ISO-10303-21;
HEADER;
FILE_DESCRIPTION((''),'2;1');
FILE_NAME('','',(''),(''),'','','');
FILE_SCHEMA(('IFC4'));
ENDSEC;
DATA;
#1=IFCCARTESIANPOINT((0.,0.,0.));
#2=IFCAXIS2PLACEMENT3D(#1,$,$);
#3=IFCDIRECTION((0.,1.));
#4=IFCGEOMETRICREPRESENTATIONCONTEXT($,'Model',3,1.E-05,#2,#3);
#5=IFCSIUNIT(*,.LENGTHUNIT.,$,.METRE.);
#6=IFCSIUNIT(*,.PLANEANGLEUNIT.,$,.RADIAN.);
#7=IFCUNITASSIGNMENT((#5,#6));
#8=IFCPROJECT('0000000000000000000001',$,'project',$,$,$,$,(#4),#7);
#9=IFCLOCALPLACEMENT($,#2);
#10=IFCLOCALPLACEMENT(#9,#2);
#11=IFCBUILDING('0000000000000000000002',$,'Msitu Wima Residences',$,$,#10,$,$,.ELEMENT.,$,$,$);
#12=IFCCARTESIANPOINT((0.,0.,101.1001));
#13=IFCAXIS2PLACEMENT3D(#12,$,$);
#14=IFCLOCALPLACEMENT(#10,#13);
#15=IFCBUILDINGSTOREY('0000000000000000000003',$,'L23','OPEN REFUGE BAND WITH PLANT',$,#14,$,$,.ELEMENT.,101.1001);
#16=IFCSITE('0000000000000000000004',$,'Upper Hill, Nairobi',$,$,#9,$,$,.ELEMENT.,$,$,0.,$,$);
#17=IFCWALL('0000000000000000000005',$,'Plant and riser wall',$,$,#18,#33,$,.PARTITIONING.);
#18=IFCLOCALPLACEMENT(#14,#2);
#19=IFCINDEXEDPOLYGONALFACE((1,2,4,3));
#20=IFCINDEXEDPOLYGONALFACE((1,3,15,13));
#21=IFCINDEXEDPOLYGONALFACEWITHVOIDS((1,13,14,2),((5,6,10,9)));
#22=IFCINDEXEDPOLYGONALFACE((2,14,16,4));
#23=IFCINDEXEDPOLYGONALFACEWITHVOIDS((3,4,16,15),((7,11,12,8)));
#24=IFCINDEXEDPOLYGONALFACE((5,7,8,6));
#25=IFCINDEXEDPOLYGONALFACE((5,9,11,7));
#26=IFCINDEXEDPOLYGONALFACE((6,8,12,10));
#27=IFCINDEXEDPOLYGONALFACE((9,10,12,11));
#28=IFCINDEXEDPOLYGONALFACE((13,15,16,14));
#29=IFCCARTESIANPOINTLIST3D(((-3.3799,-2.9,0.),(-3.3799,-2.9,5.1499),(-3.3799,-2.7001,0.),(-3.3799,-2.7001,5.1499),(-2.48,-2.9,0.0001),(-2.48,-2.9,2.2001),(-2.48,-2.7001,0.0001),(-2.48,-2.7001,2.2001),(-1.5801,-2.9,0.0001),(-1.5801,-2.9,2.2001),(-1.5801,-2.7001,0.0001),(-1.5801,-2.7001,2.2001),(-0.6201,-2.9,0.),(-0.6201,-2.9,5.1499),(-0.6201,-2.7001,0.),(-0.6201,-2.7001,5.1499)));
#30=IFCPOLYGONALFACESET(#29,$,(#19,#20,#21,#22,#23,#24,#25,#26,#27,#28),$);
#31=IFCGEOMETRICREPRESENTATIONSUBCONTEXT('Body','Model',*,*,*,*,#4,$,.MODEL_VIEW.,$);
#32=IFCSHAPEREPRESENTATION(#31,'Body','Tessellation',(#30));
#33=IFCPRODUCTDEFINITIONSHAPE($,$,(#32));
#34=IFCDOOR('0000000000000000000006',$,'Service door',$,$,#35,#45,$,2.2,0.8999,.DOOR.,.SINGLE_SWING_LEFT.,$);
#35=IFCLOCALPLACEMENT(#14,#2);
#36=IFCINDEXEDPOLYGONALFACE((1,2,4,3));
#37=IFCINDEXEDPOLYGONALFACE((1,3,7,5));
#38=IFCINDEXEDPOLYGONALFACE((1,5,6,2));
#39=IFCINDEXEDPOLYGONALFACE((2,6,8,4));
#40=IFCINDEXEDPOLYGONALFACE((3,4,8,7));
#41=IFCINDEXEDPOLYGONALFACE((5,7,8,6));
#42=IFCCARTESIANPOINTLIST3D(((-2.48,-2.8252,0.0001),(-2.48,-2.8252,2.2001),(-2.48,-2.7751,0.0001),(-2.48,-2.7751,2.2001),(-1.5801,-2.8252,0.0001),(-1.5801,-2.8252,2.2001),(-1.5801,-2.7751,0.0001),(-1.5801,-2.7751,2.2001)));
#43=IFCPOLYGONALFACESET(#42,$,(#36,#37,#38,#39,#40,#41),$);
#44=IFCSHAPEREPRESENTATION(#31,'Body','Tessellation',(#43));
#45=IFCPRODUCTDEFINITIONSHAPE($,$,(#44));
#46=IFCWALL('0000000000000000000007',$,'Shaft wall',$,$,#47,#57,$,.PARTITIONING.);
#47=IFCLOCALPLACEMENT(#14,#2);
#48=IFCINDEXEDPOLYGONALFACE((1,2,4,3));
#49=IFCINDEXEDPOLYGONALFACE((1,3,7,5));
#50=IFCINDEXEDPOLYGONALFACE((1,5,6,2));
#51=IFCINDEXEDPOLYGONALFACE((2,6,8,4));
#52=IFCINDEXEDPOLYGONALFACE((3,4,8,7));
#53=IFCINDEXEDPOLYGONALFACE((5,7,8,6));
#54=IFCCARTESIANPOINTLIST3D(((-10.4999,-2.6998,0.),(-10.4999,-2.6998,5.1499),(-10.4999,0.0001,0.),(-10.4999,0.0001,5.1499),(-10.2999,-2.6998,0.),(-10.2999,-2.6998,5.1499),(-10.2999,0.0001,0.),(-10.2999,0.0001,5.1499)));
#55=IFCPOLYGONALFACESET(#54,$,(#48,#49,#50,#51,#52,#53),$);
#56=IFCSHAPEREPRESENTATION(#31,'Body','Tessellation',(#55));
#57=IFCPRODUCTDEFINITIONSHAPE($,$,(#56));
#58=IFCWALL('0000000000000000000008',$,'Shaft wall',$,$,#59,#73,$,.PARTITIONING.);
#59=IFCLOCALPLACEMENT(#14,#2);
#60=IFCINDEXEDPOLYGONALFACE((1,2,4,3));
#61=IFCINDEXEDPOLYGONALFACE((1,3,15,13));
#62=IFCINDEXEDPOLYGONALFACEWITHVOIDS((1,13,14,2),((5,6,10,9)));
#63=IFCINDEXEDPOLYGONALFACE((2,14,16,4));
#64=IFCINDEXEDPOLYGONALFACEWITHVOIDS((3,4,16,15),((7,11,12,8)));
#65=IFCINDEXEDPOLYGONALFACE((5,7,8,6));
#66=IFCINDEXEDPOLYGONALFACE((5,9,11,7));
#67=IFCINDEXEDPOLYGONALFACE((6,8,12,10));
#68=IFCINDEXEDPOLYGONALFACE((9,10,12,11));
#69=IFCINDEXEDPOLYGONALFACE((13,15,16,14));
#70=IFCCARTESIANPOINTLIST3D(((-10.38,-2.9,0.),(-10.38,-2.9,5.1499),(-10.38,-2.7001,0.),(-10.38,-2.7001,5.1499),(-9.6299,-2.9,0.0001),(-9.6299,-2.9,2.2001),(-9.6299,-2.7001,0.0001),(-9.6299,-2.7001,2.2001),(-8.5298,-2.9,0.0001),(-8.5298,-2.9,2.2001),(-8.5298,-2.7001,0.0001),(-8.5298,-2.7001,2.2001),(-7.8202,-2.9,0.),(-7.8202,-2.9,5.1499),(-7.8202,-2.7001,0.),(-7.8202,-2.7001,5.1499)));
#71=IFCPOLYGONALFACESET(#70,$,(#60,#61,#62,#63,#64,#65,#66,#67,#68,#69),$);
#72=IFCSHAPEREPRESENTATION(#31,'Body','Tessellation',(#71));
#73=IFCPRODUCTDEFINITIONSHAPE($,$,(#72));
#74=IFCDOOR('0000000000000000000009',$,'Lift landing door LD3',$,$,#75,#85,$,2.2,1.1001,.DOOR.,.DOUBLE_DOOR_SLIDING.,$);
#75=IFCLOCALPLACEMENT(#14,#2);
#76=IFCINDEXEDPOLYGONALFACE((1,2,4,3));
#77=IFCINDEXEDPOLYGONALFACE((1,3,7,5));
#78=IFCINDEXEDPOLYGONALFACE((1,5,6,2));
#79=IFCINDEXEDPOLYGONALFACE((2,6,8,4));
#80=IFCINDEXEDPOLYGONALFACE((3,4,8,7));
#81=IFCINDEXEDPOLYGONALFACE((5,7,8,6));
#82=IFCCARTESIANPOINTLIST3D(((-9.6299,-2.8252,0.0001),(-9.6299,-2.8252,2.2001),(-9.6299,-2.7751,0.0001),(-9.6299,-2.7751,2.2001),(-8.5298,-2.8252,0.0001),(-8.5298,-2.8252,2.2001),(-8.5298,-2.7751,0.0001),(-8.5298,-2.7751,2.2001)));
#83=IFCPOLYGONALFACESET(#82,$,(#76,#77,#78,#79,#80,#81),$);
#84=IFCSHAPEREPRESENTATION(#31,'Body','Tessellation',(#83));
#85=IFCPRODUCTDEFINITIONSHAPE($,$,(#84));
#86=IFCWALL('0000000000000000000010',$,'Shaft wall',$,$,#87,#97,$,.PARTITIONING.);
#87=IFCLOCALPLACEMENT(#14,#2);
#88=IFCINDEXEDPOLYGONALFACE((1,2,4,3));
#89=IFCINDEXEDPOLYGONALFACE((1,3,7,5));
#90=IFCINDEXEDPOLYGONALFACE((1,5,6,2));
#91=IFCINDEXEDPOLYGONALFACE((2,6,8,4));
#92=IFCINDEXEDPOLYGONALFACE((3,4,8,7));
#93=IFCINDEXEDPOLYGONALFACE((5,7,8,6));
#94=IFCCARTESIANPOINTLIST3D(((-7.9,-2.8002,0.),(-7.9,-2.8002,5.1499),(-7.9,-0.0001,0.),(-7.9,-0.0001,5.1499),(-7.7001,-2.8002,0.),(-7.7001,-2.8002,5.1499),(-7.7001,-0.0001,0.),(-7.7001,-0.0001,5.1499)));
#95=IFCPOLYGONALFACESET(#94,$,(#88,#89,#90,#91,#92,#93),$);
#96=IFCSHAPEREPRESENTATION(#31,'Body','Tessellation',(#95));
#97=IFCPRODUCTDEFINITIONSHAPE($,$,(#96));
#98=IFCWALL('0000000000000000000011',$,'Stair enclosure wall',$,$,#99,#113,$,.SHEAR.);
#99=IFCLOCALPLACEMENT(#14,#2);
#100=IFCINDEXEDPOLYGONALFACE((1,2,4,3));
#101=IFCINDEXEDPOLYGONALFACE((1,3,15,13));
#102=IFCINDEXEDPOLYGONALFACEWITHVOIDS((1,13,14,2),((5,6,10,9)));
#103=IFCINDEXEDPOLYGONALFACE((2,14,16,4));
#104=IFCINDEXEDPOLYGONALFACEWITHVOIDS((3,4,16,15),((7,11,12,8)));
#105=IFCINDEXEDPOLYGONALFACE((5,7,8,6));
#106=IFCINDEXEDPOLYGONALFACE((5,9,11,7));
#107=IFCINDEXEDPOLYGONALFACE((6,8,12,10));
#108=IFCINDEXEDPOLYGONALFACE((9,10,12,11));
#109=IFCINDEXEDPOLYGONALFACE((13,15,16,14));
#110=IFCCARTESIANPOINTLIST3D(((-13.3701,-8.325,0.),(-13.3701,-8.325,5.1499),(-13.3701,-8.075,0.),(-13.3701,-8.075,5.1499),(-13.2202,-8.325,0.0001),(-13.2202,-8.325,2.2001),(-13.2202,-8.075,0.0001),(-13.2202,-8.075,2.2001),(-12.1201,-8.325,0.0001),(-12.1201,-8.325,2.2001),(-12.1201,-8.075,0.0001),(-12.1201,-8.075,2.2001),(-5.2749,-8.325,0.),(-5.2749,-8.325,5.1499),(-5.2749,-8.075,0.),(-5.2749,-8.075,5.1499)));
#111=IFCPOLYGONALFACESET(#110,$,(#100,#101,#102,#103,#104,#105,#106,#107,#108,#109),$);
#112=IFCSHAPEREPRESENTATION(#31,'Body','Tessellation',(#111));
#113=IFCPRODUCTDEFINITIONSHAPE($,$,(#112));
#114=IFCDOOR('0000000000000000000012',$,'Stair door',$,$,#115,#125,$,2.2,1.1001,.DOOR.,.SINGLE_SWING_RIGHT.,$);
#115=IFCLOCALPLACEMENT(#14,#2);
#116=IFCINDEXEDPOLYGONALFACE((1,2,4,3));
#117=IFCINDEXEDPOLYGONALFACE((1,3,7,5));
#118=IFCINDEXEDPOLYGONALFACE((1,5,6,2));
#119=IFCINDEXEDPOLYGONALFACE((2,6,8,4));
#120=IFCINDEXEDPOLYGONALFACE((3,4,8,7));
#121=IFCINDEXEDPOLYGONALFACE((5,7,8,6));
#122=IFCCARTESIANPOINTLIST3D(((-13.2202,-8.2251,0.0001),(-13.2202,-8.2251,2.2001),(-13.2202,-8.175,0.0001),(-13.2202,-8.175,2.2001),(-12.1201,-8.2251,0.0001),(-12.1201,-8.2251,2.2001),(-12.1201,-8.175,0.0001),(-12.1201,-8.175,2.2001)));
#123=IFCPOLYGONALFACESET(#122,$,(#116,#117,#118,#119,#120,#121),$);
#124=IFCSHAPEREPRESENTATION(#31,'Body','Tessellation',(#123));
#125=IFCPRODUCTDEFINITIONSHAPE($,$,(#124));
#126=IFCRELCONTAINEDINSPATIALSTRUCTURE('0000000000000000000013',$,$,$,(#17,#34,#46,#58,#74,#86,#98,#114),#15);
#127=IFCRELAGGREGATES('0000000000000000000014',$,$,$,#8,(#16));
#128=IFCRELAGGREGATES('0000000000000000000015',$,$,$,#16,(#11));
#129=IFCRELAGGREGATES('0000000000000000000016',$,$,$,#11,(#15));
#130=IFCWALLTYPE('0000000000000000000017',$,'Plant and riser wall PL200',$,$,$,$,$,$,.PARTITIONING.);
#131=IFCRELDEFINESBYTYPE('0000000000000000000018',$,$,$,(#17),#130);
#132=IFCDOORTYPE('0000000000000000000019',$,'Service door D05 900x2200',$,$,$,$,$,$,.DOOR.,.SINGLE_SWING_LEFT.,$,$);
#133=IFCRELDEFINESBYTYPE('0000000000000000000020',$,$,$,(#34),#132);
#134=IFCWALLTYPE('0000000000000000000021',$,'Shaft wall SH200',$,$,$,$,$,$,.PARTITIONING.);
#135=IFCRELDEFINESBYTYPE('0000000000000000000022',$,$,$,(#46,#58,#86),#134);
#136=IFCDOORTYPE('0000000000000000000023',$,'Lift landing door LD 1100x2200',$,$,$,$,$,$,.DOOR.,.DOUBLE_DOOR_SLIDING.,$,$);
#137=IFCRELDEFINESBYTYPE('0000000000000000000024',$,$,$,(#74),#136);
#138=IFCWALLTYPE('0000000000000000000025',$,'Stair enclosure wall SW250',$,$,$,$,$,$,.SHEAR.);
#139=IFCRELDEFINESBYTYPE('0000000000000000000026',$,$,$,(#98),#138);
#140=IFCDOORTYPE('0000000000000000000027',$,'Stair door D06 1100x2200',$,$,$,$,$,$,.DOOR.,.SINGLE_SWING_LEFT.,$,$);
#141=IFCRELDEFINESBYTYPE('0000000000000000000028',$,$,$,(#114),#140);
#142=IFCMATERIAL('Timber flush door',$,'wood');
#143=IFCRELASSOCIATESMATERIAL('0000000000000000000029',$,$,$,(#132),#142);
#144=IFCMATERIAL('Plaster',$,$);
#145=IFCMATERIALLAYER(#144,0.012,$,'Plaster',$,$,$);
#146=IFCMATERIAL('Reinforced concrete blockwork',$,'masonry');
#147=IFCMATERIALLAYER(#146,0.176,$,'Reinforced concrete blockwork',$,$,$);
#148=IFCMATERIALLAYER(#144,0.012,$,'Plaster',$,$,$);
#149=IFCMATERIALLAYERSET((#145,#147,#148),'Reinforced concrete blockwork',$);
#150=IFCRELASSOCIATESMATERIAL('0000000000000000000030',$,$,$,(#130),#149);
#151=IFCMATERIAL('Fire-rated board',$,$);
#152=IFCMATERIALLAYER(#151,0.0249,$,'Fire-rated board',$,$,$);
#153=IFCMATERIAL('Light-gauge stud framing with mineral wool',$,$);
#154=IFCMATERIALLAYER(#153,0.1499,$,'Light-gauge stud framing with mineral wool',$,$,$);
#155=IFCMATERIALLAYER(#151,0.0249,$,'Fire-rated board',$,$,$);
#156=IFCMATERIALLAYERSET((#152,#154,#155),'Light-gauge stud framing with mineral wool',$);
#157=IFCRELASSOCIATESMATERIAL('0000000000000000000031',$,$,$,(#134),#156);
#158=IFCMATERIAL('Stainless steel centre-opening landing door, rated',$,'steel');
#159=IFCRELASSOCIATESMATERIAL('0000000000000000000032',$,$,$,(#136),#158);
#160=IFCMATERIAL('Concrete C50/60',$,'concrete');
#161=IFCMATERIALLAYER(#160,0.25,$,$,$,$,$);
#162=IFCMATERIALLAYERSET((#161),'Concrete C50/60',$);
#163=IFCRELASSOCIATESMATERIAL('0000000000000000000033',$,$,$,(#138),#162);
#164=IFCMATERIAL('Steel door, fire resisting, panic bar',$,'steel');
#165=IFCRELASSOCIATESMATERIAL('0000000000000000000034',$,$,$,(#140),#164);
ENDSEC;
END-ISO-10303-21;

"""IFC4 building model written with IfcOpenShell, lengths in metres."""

from ifc_helpers import new_model, si_unit, direction, frame, frame_2d, origin, place, context, subcontext, project, spatial, rectangle, extrude, material, layer, layer_set, type_object, element, fill, save


model = new_model("IFC4")

# Units and contexts
model_context = context("Model", 3, precision=1e-05, world=origin(), true_north=direction((0.0, 1.0)))
body_context = subcontext(model_context, "Body", "Model", "MODEL_VIEW")
ifc_project = project(units=[si_unit("LENGTHUNIT", "METRE"), si_unit("PLANEANGLEUNIT", "RADIAN")], contexts=[model_context])

# Site, building, storey
site_placement = place(None, origin())
site = spatial("IfcSite", under=ifc_project, at=site_placement, Name="Upper Hill, Nairobi", CompositionType="ELEMENT", RefElevation=0.0)
building_placement = place(site_placement, origin())
building = spatial("IfcBuilding", under=site, at=building_placement, Name="Msitu Wima Residences", CompositionType="ELEMENT")
storey_placement = place(building_placement, frame((0.0, 0.0, 101.1001)))
storey = spatial("IfcBuildingStorey", under=building, at=storey_placement, Name="L23", Description="OPEN REFUGE BAND WITH PLANT", CompositionType="ELEMENT", Elevation=101.1001)

# Shared definitions
ifc_material_1 = material(Name="Plaster")
ifc_material_2 = material(Name="Timber flush door", Category="wood")
door_type_1 = type_object("IfcDoorType", Name="Service door D05 900x2200", OperationType="SINGLE_SWING_LEFT", PredefinedType="DOOR", material=ifc_material_2)

# Wall, opening, door
ifc_layer_1 = layer(ifc_material_1, 0.012, Name="Plaster")
ifc_material_3 = material(Name="Reinforced concrete blockwork", Category="masonry")
ifc_layer_2 = layer(ifc_material_3, 0.176, Name="Reinforced concrete blockwork")
ifc_layer_3 = layer(ifc_material_1, 0.012, Name="Plaster")
ifc_layer_set_1 = layer_set([ifc_layer_1, ifc_layer_2, ifc_layer_3], Name="Reinforced concrete blockwork")
wall_type_1 = type_object("IfcWallType", Name="Plant and riser wall PL200", PredefinedType="PARTITIONING", material=ifc_layer_set_1)
wall_1_placement = place(storey_placement, frame((-3.3799, -2.8, 0.0), z_axis=(0.0, 0.0, 1.0), x_axis=(1.0, 0.0, 0.0)))
wall_1 = element("IfcWall", 1, at=wall_1_placement, inside=storey, type_object=wall_type_1, Name="Plant and riser wall", PredefinedType="PARTITIONING", context=body_context, shape_type="SweptSolid", body=[
    extrude(rectangle(XDim=2.7598, YDim=0.2, at=frame_2d((1.3799, 0.0))), origin(), (0.0, 0.0, 1.0), 5.1499),
])
opening_1_placement = place(wall_1_placement, frame((0.8999, 0.0, 0.0)))
opening_1 = element("IfcOpeningElement", 2, at=opening_1_placement, cuts=wall_1, PredefinedType="OPENING", context=body_context, shape_type="SweptSolid", body=[
    extrude(rectangle(XDim=0.8999, YDim=2.2, at=frame_2d((0.45, 1.1001))), frame((0.0, 0.1099, 0.0), z_axis=(0.0, -1.0, 0.0), x_axis=(1.0, 0.0, 0.0)), (0.0, 0.0, 1.0), 0.22),
])
door_1_placement = place(opening_1_placement, origin())
door_1 = element("IfcDoor", 3, at=door_1_placement, inside=storey, type_object=door_type_1, Name="Service door", OperationType="SINGLE_SWING_LEFT", OverallHeight=2.2, OverallWidth=0.8999, PredefinedType="DOOR", context=body_context, shape_type="SweptSolid", body=[
    extrude(rectangle(XDim=0.8999, YDim=2.2, at=frame_2d((0.45, 1.1001))), frame((0.0, 0.0249, 0.0), z_axis=(0.0, -1.0, 0.0), x_axis=(1.0, 0.0, 0.0)), (0.0, 0.0, 1.0), 0.05),
])
fill(opening_1, door_1)

# Wall
ifc_material_4 = material(Name="Fire-rated board")
ifc_layer_4 = layer(ifc_material_4, 0.0249, Name="Fire-rated board")
ifc_material_5 = material(Name="Light-gauge stud framing with mineral wool")
ifc_layer_5 = layer(ifc_material_5, 0.1499, Name="Light-gauge stud framing with mineral wool")
ifc_layer_6 = layer(ifc_material_4, 0.0249, Name="Fire-rated board")
ifc_layer_set_2 = layer_set([ifc_layer_4, ifc_layer_5, ifc_layer_6], Name="Light-gauge stud framing with mineral wool")
wall_type_2 = type_object("IfcWallType", Name="Shaft wall SH200", PredefinedType="PARTITIONING", material=ifc_layer_set_2)
wall_2_placement = place(storey_placement, frame((-10.3999, -2.7, 0.0), z_axis=(0.0, 0.0, 1.0), x_axis=(0.0, 1.0, 0.0)))
element("IfcWall", 4, at=wall_2_placement, inside=storey, type_object=wall_type_2, Name="Shaft wall", PredefinedType="PARTITIONING", context=body_context, shape_type="SweptSolid", body=[
    extrude(rectangle(XDim=2.7, YDim=0.2, at=frame_2d((1.3501, 0.0))), origin(), (0.0, 0.0, 1.0), 5.1499),
])

# Wall, opening, door
wall_3_placement = place(storey_placement, frame((-10.3799, -2.8, 0.0), z_axis=(0.0, 0.0, 1.0), x_axis=(1.0, 0.0, 0.0)))
wall_3 = element("IfcWall", 5, at=wall_3_placement, inside=storey, type_object=wall_type_2, Name="Shaft wall", PredefinedType="PARTITIONING", context=body_context, shape_type="SweptSolid", body=[
    extrude(rectangle(XDim=2.5598, YDim=0.2, at=frame_2d((1.2798, 0.0))), origin(), (0.0, 0.0, 1.0), 5.1499),
])
opening_2_placement = place(wall_3_placement, frame((0.75, 0.0, 0.0)))
opening_2 = element("IfcOpeningElement", 6, at=opening_2_placement, cuts=wall_3, PredefinedType="OPENING", context=body_context, shape_type="SweptSolid", body=[
    extrude(rectangle(XDim=1.1001, YDim=2.2, at=frame_2d((0.55, 1.1001))), frame((0.0, 0.1099, 0.0), z_axis=(0.0, -1.0, 0.0), x_axis=(1.0, 0.0, 0.0)), (0.0, 0.0, 1.0), 0.22),
])
ifc_material_6 = material(Name="Stainless steel centre-opening landing door, rated", Category="steel")
door_type_2 = type_object("IfcDoorType", Name="Lift landing door LD 1100x2200", OperationType="DOUBLE_DOOR_SLIDING", PredefinedType="DOOR", material=ifc_material_6)
door_2_placement = place(opening_2_placement, origin())
door_2 = element("IfcDoor", 7, at=door_2_placement, inside=storey, type_object=door_type_2, Name="Lift landing door LD3", OperationType="DOUBLE_DOOR_SLIDING", OverallHeight=2.2, OverallWidth=1.1001, PredefinedType="DOOR", context=body_context, shape_type="SweptSolid", body=[
    extrude(rectangle(XDim=1.1001, YDim=2.2, at=frame_2d((0.55, 1.1001))), frame((0.0, 0.0249, 0.0), z_axis=(0.0, -1.0, 0.0), x_axis=(1.0, 0.0, 0.0)), (0.0, 0.0, 1.0), 0.05),
])
fill(opening_2, door_2)

# Wall
wall_4_placement = place(storey_placement, frame((-7.8, -2.8, 0.0), z_axis=(0.0, 0.0, 1.0), x_axis=(0.0, 1.0, 0.0)))
element("IfcWall", 8, at=wall_4_placement, inside=storey, type_object=wall_type_2, Name="Shaft wall", PredefinedType="PARTITIONING", context=body_context, shape_type="SweptSolid", body=[
    extrude(rectangle(XDim=2.8, YDim=0.2, at=frame_2d((1.3999, 0.0))), origin(), (0.0, 0.0, 1.0), 5.1499),
])

# Wall, opening, door
ifc_material_7 = material(Name="Concrete C50/60", Category="concrete")
ifc_layer_7 = layer(ifc_material_7, 0.25)
ifc_layer_set_3 = layer_set([ifc_layer_7], Name="Concrete C50/60")
wall_type_3 = type_object("IfcWallType", Name="Stair enclosure wall SW250", PredefinedType="SHEAR", material=ifc_layer_set_3)
wall_5_placement = place(storey_placement, frame((-13.3701, -8.2, 0.0), z_axis=(0.0, 0.0, 1.0), x_axis=(1.0, 0.0, 0.0)))
wall_5 = element("IfcWall", 9, at=wall_5_placement, inside=storey, type_object=wall_type_3, Name="Stair enclosure wall", PredefinedType="SHEAR", context=body_context, shape_type="SweptSolid", body=[
    extrude(rectangle(XDim=8.0952, YDim=0.25, at=frame_2d((4.0476, 0.0))), origin(), (0.0, 0.0, 1.0), 5.1499),
])
opening_3_placement = place(wall_5_placement, frame((0.1499, 0.0, 0.0)))
opening_3 = element("IfcOpeningElement", 10, at=opening_3_placement, cuts=wall_5, PredefinedType="OPENING", context=body_context, shape_type="SweptSolid", body=[
    extrude(rectangle(XDim=1.1001, YDim=2.2, at=frame_2d((0.55, 1.1001))), frame((0.0, 0.135, 0.0), z_axis=(0.0, -1.0, 0.0), x_axis=(1.0, 0.0, 0.0)), (0.0, 0.0, 1.0), 0.27),
])
ifc_material_8 = material(Name="Steel door, fire resisting, panic bar", Category="steel")
door_type_3 = type_object("IfcDoorType", Name="Stair door D06 1100x2200", OperationType="SINGLE_SWING_LEFT", PredefinedType="DOOR", material=ifc_material_8)
door_3_placement = place(opening_3_placement, origin())
door_3 = element("IfcDoor", 11, at=door_3_placement, inside=storey, type_object=door_type_3, Name="Stair door", OperationType="SINGLE_SWING_RIGHT", OverallHeight=2.2, OverallWidth=1.1001, PredefinedType="DOOR", context=body_context, shape_type="SweptSolid", body=[
    extrude(rectangle(XDim=1.1001, YDim=2.2, at=frame_2d((0.55, 1.1001))), frame((0.0, 0.0249, 0.0), z_axis=(0.0, -1.0, 0.0), x_axis=(1.0, 0.0, 0.0)), (0.0, 0.0, 1.0), 0.05),
])
fill(opening_3, door_3)

save(model, "model.ifc")
